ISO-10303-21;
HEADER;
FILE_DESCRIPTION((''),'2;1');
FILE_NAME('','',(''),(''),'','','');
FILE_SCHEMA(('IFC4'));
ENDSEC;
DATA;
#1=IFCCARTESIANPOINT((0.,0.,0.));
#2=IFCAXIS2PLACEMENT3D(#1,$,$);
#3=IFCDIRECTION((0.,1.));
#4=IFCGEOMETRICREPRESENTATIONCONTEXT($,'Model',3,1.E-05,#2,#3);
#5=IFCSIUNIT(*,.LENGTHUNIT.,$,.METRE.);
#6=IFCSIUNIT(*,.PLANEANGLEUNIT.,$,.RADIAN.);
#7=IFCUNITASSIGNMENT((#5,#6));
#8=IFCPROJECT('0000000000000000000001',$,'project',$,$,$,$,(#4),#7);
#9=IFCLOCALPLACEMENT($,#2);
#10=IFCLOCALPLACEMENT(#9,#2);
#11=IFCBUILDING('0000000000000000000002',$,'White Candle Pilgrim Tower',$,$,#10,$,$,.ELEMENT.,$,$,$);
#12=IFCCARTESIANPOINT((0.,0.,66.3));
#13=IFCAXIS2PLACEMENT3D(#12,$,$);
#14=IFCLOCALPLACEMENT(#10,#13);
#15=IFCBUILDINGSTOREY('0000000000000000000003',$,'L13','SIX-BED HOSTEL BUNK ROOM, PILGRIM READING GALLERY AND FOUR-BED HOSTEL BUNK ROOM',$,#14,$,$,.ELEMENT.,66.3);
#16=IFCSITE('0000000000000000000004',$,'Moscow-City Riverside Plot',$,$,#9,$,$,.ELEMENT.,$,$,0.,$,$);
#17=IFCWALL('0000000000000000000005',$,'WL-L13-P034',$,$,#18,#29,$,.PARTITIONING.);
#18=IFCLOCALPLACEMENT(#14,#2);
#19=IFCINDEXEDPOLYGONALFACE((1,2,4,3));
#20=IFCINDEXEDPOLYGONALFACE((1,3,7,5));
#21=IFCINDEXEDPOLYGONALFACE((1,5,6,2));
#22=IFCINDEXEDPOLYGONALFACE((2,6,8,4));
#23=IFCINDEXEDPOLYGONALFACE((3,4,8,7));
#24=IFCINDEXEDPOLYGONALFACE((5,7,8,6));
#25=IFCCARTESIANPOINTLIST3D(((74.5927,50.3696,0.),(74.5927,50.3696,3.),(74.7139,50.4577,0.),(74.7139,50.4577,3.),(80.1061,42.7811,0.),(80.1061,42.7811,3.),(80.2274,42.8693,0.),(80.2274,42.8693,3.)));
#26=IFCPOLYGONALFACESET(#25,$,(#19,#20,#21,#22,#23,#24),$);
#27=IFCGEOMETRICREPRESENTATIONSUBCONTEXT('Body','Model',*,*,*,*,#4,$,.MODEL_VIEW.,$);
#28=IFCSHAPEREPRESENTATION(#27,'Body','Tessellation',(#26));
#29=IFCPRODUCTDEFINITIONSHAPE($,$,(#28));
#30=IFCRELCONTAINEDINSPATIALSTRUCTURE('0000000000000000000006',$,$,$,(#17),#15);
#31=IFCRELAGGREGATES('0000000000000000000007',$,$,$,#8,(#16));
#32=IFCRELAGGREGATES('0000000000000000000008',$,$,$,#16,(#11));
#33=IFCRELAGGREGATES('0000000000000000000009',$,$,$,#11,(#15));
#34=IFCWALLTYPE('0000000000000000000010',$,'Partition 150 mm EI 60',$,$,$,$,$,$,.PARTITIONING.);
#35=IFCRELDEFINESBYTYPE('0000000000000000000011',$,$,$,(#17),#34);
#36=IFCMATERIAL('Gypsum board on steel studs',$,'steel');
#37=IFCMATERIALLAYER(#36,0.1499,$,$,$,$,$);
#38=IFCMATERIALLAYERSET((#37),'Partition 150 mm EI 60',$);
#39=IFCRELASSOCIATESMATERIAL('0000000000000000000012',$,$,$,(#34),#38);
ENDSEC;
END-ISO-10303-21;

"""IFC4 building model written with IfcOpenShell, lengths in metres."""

from ifc_helpers import new_model, si_unit, direction, frame, frame_2d, origin, place, context, subcontext, project, spatial, rectangle, extrude, material, layer, layer_set, type_object, element, save


model = new_model("IFC4")

# Units and contexts
model_context = context("Model", 3, precision=1e-05, world=origin(), true_north=direction((0.0, 1.0)))
body_context = subcontext(model_context, "Body", "Model", "MODEL_VIEW")
ifc_project = project(units=[si_unit("LENGTHUNIT", "METRE"), si_unit("PLANEANGLEUNIT", "RADIAN")], contexts=[model_context])

# Site, building, storey
site_placement = place(None, origin())
site = spatial("IfcSite", under=ifc_project, at=site_placement, Name="Moscow-City Riverside Plot", CompositionType="ELEMENT", RefElevation=0.0)
building_placement = place(site_placement, origin())
building = spatial("IfcBuilding", under=site, at=building_placement, Name="White Candle Pilgrim Tower", CompositionType="ELEMENT")
storey_placement = place(building_placement, frame((0.0, 0.0, 66.3)))
storey = spatial("IfcBuildingStorey", under=building, at=storey_placement, Name="L13", Description="SIX-BED HOSTEL BUNK ROOM, PILGRIM READING GALLERY AND FOUR-BED HOSTEL BUNK ROOM", CompositionType="ELEMENT", Elevation=66.3)

# Wall
ifc_material_1 = material(Name="Gypsum board on steel studs", Category="steel")
ifc_layer_1 = layer(ifc_material_1, 0.1499)
ifc_layer_set_1 = layer_set([ifc_layer_1], Name="Partition 150 mm EI 60")
wall_type_1 = type_object("IfcWallType", Name="Partition 150 mm EI 60", PredefinedType="PARTITIONING", material=ifc_layer_set_1)
wall_1_placement = place(storey_placement, frame((80.1667, 42.8252, 0.0), z_axis=(0.0, 0.0, 1.0), x_axis=(-0.587796, 0.80901, 0.0)))
element("IfcWall", 1, at=wall_1_placement, inside=storey, type_object=wall_type_1, Name="WL-L13-P034", PredefinedType="PARTITIONING", context=body_context, shape_type="SweptSolid", body=[
    extrude(rectangle(XDim=9.3799, YDim=0.1499, at=frame_2d((4.6899, 0.0))), origin(), (0.0, 0.0, 1.0), 3.0),
])

save(model, "model.ifc")
